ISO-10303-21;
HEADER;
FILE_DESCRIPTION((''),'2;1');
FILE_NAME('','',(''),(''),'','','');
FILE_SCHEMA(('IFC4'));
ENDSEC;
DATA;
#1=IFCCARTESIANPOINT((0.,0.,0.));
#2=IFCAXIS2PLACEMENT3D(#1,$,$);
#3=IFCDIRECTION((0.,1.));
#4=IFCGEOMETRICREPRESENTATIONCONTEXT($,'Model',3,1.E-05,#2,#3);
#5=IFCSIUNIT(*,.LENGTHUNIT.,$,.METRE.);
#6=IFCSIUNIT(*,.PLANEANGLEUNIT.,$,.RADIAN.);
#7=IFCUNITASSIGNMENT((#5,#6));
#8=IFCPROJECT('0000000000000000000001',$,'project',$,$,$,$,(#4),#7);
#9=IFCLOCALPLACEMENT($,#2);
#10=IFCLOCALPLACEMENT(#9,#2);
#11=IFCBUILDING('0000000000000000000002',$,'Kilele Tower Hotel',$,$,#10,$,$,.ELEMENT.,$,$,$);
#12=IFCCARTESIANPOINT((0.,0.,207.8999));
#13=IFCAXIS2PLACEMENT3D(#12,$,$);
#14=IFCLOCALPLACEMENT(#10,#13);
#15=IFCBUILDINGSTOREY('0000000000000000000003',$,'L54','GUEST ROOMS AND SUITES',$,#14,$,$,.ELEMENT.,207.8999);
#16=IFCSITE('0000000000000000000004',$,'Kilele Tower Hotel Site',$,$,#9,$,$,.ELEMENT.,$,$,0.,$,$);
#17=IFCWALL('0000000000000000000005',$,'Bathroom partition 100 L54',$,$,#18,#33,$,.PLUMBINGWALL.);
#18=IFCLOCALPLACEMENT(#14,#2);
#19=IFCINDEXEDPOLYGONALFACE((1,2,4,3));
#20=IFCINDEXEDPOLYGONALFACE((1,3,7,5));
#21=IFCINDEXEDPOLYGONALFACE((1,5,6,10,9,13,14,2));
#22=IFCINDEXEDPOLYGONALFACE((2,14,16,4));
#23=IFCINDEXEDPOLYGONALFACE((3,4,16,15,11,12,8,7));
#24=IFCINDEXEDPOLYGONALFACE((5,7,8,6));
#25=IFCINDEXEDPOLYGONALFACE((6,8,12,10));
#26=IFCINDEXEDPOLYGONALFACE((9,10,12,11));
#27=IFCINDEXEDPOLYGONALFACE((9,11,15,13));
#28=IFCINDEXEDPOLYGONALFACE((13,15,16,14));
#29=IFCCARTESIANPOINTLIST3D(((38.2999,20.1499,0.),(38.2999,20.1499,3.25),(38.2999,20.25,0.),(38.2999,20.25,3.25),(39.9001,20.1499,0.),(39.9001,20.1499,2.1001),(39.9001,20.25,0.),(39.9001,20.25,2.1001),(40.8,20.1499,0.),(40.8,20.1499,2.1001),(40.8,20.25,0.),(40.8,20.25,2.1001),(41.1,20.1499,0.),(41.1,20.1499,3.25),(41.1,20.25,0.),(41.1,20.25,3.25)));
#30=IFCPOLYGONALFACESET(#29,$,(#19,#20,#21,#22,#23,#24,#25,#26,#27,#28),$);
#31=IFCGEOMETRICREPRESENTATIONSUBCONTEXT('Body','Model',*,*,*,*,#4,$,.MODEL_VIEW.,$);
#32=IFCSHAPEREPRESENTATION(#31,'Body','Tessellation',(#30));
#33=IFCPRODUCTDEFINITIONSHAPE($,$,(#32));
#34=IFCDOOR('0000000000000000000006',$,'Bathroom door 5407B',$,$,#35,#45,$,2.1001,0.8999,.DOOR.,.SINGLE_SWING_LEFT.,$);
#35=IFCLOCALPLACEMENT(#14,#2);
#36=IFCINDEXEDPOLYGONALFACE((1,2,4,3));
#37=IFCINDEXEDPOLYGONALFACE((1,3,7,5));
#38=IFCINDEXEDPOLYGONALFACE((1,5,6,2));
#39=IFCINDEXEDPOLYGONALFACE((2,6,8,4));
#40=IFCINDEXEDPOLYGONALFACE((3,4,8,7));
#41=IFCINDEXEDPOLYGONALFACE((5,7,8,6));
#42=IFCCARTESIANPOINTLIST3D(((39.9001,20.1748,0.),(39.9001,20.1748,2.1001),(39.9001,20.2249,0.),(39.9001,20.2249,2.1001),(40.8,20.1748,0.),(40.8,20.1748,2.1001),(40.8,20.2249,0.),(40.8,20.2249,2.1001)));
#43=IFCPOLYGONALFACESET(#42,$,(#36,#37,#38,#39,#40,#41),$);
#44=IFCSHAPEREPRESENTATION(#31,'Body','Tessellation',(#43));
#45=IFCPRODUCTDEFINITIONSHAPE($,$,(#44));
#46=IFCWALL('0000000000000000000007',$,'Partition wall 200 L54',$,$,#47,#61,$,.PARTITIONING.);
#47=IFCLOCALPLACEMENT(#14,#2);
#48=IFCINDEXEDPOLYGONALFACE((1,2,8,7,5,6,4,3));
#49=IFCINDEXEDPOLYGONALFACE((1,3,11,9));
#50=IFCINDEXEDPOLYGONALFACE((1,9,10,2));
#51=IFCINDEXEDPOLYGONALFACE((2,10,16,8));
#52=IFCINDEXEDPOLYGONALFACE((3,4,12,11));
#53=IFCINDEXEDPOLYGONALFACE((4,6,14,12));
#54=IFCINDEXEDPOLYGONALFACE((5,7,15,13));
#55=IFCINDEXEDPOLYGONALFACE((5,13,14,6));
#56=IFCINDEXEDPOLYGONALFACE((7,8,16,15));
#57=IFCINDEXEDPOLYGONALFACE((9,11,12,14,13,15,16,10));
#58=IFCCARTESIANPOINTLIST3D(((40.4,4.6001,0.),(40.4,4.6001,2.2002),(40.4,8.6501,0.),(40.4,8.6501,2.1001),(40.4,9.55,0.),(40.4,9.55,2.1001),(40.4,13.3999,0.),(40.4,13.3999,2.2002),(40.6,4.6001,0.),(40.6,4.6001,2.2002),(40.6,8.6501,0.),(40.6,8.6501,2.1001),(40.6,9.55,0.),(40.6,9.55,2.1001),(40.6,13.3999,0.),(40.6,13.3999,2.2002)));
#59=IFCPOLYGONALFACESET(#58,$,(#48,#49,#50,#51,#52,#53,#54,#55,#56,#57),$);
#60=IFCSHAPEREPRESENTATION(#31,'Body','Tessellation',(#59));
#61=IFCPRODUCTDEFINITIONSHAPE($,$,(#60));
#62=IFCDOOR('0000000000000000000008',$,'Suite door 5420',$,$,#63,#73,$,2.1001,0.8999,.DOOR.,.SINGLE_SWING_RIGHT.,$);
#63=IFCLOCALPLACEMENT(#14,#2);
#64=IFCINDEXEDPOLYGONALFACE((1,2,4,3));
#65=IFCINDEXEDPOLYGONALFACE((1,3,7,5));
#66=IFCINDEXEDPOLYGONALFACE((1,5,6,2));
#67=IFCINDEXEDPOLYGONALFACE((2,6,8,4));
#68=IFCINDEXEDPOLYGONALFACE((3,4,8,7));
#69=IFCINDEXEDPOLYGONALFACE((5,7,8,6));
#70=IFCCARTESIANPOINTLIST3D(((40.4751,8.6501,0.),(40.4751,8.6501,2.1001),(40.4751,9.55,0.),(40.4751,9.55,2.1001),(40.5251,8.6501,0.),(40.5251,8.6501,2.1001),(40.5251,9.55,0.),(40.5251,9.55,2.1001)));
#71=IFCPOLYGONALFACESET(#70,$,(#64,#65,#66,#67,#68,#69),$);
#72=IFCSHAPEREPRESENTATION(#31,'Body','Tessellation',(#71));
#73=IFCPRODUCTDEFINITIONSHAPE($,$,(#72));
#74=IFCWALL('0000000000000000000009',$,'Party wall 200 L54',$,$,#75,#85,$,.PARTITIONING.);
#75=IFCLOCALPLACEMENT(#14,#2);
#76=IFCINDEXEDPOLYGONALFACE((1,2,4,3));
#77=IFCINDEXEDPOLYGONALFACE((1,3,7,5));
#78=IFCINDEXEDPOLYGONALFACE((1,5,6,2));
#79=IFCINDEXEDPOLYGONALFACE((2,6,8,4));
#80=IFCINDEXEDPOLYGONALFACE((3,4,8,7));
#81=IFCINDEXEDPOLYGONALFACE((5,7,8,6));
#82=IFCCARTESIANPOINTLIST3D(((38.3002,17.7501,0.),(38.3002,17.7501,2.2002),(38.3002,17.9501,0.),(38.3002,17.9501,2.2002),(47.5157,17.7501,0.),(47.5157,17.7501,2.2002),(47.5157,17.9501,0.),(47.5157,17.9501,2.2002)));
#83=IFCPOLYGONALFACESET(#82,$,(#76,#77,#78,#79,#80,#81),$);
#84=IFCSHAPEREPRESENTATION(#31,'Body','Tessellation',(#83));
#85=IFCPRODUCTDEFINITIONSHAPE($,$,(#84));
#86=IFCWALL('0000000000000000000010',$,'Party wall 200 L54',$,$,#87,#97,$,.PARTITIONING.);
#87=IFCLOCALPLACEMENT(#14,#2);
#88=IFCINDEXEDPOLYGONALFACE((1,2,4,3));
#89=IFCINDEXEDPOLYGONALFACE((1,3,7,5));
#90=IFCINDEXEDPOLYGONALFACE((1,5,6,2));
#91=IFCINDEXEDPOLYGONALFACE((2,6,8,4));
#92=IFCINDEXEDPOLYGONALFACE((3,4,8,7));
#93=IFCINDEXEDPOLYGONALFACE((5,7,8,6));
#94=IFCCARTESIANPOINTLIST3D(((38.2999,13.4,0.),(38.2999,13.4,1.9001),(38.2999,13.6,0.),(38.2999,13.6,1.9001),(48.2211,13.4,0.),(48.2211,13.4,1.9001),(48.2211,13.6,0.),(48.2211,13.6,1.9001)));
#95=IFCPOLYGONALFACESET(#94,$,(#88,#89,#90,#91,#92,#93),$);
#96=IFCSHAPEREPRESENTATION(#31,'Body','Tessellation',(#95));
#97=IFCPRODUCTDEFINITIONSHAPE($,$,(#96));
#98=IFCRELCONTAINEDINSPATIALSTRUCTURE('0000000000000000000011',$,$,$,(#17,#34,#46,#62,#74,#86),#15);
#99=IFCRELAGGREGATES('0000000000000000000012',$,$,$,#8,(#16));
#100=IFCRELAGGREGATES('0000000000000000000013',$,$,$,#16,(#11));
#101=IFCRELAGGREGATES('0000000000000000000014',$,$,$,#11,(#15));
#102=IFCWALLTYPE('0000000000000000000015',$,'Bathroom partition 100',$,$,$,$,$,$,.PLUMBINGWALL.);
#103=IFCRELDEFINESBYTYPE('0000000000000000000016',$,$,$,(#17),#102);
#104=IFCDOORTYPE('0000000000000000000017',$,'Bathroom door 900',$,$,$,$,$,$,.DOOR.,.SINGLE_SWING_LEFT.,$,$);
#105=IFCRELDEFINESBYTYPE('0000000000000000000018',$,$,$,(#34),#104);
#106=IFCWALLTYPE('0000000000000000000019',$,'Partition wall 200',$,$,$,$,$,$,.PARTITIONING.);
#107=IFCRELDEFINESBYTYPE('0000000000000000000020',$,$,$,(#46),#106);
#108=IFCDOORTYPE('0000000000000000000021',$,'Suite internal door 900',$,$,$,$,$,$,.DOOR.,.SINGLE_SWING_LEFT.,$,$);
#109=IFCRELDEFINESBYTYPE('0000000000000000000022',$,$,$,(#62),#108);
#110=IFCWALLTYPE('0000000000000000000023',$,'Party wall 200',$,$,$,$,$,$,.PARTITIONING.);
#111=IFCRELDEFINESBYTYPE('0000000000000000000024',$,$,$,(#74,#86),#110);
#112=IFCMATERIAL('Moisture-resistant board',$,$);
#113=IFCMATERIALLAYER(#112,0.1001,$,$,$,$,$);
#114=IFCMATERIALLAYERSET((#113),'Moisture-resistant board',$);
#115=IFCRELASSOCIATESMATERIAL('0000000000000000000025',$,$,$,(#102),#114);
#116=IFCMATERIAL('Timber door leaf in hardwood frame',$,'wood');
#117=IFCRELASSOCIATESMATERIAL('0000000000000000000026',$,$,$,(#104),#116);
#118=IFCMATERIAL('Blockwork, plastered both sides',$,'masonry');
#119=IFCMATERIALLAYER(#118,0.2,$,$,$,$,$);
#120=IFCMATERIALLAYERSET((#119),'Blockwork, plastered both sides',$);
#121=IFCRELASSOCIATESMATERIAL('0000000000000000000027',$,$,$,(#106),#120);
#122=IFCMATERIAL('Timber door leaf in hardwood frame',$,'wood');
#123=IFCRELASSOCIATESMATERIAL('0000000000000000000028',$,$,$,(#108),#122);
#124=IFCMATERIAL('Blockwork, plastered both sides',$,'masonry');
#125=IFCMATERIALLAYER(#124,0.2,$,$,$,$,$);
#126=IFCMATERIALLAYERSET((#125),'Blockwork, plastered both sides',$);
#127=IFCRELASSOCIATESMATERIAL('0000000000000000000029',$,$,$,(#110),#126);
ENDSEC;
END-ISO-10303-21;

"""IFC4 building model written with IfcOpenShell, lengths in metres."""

from ifc_helpers import new_model, si_unit, direction, frame, frame_2d, origin, place, context, subcontext, project, spatial, rectangle, extrude, material, layer, layer_set, type_object, element, fill, save


model = new_model("IFC4")

# Units and contexts
model_context = context("Model", 3, precision=1e-05, world=origin(), true_north=direction((0.0, 1.0)))
body_context = subcontext(model_context, "Body", "Model", "MODEL_VIEW")
ifc_project = project(units=[si_unit("LENGTHUNIT", "METRE"), si_unit("PLANEANGLEUNIT", "RADIAN")], contexts=[model_context])

# Site, building, storey
site_placement = place(None, origin())
site = spatial("IfcSite", under=ifc_project, at=site_placement, Name="Kilele Tower Hotel Site", CompositionType="ELEMENT", RefElevation=0.0)
building_placement = place(site_placement, origin())
building = spatial("IfcBuilding", under=site, at=building_placement, Name="Kilele Tower Hotel", CompositionType="ELEMENT")
storey_placement = place(building_placement, frame((0.0, 0.0, 207.8999)))
storey = spatial("IfcBuildingStorey", under=building, at=storey_placement, Name="L54", Description="GUEST ROOMS AND SUITES", CompositionType="ELEMENT", Elevation=207.8999)

# Shared definitions
ifc_material_1 = material(Name="Moisture-resistant board")
ifc_layer_1 = layer(ifc_material_1, 0.1001)
ifc_layer_set_1 = layer_set([ifc_layer_1], Name="Moisture-resistant board")
wall_type_1 = type_object("IfcWallType", Name="Bathroom partition 100", PredefinedType="PLUMBINGWALL", material=ifc_layer_set_1)

# Shared definitions
ifc_material_2 = material(Name="Timber door leaf in hardwood frame", Category="wood")
door_type_1 = type_object("IfcDoorType", Name="Bathroom door 900", OperationType="SINGLE_SWING_LEFT", PredefinedType="DOOR", material=ifc_material_2)

# Walls, openings, doors
wall_1_placement = place(storey_placement, frame((38.3, 20.2, 0.0), z_axis=(0.0, 0.0, 1.0), x_axis=(1.0, 0.0, 0.0)))
wall_1 = element("IfcWall", 1, at=wall_1_placement, inside=storey, type_object=wall_type_1, Name="Bathroom partition 100 L54", PredefinedType="PLUMBINGWALL", context=body_context, shape_type="SweptSolid", body=[
    extrude(rectangle(XDim=2.8, YDim=0.1001, at=frame_2d((1.3999, 0.0))), origin(), (0.0, 0.0, 1.0), 3.25),
])
opening_1_placement = place(wall_1_placement, frame((1.6001, 0.0, 0.0)))
opening_1 = element("IfcOpeningElement", 2, at=opening_1_placement, cuts=wall_1, PredefinedType="OPENING", context=body_context, shape_type="SweptSolid", body=[
    extrude(rectangle(XDim=0.8999, YDim=2.1001, at=frame_2d((0.45, 1.05))), frame((0.0, 0.0601, 0.0), z_axis=(0.0, -1.0, 0.0), x_axis=(1.0, 0.0, 0.0)), (0.0, 0.0, 1.0), 0.1201),
])
door_1_placement = place(opening_1_placement, origin())
door_1 = element("IfcDoor", 3, at=door_1_placement, inside=storey, type_object=door_type_1, Name="Bathroom door 5407B", OperationType="SINGLE_SWING_LEFT", OverallHeight=2.1001, OverallWidth=0.8999, PredefinedType="DOOR", context=body_context, shape_type="SweptSolid", body=[
    extrude(rectangle(XDim=0.8999, YDim=2.1001, at=frame_2d((0.45, 1.05))), frame((0.0, 0.0249, 0.0), z_axis=(0.0, -1.0, 0.0), x_axis=(1.0, 0.0, 0.0)), (0.0, 0.0, 1.0), 0.05),
])
fill(opening_1, door_1)
ifc_material_3 = material(Name="Blockwork, plastered both sides", Category="masonry")
ifc_layer_2 = layer(ifc_material_3, 0.2)
ifc_layer_set_2 = layer_set([ifc_layer_2], Name="Blockwork, plastered both sides")
wall_type_2 = type_object("IfcWallType", Name="Partition wall 200", PredefinedType="PARTITIONING", material=ifc_layer_set_2)
wall_2_placement = place(storey_placement, frame((40.5, 4.6001, 0.0), z_axis=(0.0, 0.0, 1.0), x_axis=(0.0, 1.0, 0.0)))
wall_2 = element("IfcWall", 4, at=wall_2_placement, inside=storey, type_object=wall_type_2, Name="Partition wall 200 L54", PredefinedType="PARTITIONING", context=body_context, shape_type="SweptSolid", body=[
    extrude(rectangle(XDim=8.7998, YDim=0.2, at=frame_2d((4.3999, 0.0))), origin(), (0.0, 0.0, 1.0), 2.2002),
])
opening_2_placement = place(wall_2_placement, frame((4.05, 0.0, 0.0)))
opening_2 = element("IfcOpeningElement", 5, at=opening_2_placement, cuts=wall_2, PredefinedType="OPENING", context=body_context, shape_type="SweptSolid", body=[
    extrude(rectangle(XDim=0.8999, YDim=2.1001, at=frame_2d((0.45, 1.05))), frame((0.0, 0.1099, 0.0), z_axis=(0.0, -1.0, 0.0), x_axis=(1.0, 0.0, 0.0)), (0.0, 0.0, 1.0), 0.22),
])
ifc_material_4 = material(Name="Timber door leaf in hardwood frame", Category="wood")
door_type_2 = type_object("IfcDoorType", Name="Suite internal door 900", OperationType="SINGLE_SWING_LEFT", PredefinedType="DOOR", material=ifc_material_4)
door_2_placement = place(opening_2_placement, origin())
door_2 = element("IfcDoor", 6, at=door_2_placement, inside=storey, type_object=door_type_2, Name="Suite door 5420", OperationType="SINGLE_SWING_RIGHT", OverallHeight=2.1001, OverallWidth=0.8999, PredefinedType="DOOR", context=body_context, shape_type="SweptSolid", body=[
    extrude(rectangle(XDim=0.8999, YDim=2.1001, at=frame_2d((0.45, 1.05))), frame((0.0, 0.0249, 0.0), z_axis=(0.0, -1.0, 0.0), x_axis=(1.0, 0.0, 0.0)), (0.0, 0.0, 1.0), 0.05),
])
fill(opening_2, door_2)

# Walls
ifc_material_5 = material(Name="Blockwork, plastered both sides", Category="masonry")
ifc_layer_3 = layer(ifc_material_5, 0.2)
ifc_layer_set_3 = layer_set([ifc_layer_3], Name="Blockwork, plastered both sides")
wall_type_3 = type_object("IfcWallType", Name="Party wall 200", PredefinedType="PARTITIONING", material=ifc_layer_set_3)
wall_3_placement = place(storey_placement, frame((38.3, 17.8501, 0.0), z_axis=(0.0, 0.0, 1.0), x_axis=(1.0, 0.0, 0.0)))
element("IfcWall", 7, at=wall_3_placement, inside=storey, type_object=wall_type_3, Name="Party wall 200 L54", PredefinedType="PARTITIONING", context=body_context, shape_type="SweptSolid", body=[
    extrude(rectangle(XDim=9.2156, YDim=0.2, at=frame_2d((4.6079, 0.0))), origin(), (0.0, 0.0, 1.0), 2.2002),
])
wall_4_placement = place(storey_placement, frame((38.3, 13.5, 0.0), z_axis=(0.0, 0.0, 1.0), x_axis=(1.0, 0.0, 0.0)))
element("IfcWall", 8, at=wall_4_placement, inside=storey, type_object=wall_type_3, Name="Party wall 200 L54", PredefinedType="PARTITIONING", context=body_context, shape_type="SweptSolid", body=[
    extrude(rectangle(XDim=9.9211, YDim=0.2, at=frame_2d((4.9604, 0.0))), origin(), (0.0, 0.0, 1.0), 1.9001),
])

save(model, "model.ifc")
